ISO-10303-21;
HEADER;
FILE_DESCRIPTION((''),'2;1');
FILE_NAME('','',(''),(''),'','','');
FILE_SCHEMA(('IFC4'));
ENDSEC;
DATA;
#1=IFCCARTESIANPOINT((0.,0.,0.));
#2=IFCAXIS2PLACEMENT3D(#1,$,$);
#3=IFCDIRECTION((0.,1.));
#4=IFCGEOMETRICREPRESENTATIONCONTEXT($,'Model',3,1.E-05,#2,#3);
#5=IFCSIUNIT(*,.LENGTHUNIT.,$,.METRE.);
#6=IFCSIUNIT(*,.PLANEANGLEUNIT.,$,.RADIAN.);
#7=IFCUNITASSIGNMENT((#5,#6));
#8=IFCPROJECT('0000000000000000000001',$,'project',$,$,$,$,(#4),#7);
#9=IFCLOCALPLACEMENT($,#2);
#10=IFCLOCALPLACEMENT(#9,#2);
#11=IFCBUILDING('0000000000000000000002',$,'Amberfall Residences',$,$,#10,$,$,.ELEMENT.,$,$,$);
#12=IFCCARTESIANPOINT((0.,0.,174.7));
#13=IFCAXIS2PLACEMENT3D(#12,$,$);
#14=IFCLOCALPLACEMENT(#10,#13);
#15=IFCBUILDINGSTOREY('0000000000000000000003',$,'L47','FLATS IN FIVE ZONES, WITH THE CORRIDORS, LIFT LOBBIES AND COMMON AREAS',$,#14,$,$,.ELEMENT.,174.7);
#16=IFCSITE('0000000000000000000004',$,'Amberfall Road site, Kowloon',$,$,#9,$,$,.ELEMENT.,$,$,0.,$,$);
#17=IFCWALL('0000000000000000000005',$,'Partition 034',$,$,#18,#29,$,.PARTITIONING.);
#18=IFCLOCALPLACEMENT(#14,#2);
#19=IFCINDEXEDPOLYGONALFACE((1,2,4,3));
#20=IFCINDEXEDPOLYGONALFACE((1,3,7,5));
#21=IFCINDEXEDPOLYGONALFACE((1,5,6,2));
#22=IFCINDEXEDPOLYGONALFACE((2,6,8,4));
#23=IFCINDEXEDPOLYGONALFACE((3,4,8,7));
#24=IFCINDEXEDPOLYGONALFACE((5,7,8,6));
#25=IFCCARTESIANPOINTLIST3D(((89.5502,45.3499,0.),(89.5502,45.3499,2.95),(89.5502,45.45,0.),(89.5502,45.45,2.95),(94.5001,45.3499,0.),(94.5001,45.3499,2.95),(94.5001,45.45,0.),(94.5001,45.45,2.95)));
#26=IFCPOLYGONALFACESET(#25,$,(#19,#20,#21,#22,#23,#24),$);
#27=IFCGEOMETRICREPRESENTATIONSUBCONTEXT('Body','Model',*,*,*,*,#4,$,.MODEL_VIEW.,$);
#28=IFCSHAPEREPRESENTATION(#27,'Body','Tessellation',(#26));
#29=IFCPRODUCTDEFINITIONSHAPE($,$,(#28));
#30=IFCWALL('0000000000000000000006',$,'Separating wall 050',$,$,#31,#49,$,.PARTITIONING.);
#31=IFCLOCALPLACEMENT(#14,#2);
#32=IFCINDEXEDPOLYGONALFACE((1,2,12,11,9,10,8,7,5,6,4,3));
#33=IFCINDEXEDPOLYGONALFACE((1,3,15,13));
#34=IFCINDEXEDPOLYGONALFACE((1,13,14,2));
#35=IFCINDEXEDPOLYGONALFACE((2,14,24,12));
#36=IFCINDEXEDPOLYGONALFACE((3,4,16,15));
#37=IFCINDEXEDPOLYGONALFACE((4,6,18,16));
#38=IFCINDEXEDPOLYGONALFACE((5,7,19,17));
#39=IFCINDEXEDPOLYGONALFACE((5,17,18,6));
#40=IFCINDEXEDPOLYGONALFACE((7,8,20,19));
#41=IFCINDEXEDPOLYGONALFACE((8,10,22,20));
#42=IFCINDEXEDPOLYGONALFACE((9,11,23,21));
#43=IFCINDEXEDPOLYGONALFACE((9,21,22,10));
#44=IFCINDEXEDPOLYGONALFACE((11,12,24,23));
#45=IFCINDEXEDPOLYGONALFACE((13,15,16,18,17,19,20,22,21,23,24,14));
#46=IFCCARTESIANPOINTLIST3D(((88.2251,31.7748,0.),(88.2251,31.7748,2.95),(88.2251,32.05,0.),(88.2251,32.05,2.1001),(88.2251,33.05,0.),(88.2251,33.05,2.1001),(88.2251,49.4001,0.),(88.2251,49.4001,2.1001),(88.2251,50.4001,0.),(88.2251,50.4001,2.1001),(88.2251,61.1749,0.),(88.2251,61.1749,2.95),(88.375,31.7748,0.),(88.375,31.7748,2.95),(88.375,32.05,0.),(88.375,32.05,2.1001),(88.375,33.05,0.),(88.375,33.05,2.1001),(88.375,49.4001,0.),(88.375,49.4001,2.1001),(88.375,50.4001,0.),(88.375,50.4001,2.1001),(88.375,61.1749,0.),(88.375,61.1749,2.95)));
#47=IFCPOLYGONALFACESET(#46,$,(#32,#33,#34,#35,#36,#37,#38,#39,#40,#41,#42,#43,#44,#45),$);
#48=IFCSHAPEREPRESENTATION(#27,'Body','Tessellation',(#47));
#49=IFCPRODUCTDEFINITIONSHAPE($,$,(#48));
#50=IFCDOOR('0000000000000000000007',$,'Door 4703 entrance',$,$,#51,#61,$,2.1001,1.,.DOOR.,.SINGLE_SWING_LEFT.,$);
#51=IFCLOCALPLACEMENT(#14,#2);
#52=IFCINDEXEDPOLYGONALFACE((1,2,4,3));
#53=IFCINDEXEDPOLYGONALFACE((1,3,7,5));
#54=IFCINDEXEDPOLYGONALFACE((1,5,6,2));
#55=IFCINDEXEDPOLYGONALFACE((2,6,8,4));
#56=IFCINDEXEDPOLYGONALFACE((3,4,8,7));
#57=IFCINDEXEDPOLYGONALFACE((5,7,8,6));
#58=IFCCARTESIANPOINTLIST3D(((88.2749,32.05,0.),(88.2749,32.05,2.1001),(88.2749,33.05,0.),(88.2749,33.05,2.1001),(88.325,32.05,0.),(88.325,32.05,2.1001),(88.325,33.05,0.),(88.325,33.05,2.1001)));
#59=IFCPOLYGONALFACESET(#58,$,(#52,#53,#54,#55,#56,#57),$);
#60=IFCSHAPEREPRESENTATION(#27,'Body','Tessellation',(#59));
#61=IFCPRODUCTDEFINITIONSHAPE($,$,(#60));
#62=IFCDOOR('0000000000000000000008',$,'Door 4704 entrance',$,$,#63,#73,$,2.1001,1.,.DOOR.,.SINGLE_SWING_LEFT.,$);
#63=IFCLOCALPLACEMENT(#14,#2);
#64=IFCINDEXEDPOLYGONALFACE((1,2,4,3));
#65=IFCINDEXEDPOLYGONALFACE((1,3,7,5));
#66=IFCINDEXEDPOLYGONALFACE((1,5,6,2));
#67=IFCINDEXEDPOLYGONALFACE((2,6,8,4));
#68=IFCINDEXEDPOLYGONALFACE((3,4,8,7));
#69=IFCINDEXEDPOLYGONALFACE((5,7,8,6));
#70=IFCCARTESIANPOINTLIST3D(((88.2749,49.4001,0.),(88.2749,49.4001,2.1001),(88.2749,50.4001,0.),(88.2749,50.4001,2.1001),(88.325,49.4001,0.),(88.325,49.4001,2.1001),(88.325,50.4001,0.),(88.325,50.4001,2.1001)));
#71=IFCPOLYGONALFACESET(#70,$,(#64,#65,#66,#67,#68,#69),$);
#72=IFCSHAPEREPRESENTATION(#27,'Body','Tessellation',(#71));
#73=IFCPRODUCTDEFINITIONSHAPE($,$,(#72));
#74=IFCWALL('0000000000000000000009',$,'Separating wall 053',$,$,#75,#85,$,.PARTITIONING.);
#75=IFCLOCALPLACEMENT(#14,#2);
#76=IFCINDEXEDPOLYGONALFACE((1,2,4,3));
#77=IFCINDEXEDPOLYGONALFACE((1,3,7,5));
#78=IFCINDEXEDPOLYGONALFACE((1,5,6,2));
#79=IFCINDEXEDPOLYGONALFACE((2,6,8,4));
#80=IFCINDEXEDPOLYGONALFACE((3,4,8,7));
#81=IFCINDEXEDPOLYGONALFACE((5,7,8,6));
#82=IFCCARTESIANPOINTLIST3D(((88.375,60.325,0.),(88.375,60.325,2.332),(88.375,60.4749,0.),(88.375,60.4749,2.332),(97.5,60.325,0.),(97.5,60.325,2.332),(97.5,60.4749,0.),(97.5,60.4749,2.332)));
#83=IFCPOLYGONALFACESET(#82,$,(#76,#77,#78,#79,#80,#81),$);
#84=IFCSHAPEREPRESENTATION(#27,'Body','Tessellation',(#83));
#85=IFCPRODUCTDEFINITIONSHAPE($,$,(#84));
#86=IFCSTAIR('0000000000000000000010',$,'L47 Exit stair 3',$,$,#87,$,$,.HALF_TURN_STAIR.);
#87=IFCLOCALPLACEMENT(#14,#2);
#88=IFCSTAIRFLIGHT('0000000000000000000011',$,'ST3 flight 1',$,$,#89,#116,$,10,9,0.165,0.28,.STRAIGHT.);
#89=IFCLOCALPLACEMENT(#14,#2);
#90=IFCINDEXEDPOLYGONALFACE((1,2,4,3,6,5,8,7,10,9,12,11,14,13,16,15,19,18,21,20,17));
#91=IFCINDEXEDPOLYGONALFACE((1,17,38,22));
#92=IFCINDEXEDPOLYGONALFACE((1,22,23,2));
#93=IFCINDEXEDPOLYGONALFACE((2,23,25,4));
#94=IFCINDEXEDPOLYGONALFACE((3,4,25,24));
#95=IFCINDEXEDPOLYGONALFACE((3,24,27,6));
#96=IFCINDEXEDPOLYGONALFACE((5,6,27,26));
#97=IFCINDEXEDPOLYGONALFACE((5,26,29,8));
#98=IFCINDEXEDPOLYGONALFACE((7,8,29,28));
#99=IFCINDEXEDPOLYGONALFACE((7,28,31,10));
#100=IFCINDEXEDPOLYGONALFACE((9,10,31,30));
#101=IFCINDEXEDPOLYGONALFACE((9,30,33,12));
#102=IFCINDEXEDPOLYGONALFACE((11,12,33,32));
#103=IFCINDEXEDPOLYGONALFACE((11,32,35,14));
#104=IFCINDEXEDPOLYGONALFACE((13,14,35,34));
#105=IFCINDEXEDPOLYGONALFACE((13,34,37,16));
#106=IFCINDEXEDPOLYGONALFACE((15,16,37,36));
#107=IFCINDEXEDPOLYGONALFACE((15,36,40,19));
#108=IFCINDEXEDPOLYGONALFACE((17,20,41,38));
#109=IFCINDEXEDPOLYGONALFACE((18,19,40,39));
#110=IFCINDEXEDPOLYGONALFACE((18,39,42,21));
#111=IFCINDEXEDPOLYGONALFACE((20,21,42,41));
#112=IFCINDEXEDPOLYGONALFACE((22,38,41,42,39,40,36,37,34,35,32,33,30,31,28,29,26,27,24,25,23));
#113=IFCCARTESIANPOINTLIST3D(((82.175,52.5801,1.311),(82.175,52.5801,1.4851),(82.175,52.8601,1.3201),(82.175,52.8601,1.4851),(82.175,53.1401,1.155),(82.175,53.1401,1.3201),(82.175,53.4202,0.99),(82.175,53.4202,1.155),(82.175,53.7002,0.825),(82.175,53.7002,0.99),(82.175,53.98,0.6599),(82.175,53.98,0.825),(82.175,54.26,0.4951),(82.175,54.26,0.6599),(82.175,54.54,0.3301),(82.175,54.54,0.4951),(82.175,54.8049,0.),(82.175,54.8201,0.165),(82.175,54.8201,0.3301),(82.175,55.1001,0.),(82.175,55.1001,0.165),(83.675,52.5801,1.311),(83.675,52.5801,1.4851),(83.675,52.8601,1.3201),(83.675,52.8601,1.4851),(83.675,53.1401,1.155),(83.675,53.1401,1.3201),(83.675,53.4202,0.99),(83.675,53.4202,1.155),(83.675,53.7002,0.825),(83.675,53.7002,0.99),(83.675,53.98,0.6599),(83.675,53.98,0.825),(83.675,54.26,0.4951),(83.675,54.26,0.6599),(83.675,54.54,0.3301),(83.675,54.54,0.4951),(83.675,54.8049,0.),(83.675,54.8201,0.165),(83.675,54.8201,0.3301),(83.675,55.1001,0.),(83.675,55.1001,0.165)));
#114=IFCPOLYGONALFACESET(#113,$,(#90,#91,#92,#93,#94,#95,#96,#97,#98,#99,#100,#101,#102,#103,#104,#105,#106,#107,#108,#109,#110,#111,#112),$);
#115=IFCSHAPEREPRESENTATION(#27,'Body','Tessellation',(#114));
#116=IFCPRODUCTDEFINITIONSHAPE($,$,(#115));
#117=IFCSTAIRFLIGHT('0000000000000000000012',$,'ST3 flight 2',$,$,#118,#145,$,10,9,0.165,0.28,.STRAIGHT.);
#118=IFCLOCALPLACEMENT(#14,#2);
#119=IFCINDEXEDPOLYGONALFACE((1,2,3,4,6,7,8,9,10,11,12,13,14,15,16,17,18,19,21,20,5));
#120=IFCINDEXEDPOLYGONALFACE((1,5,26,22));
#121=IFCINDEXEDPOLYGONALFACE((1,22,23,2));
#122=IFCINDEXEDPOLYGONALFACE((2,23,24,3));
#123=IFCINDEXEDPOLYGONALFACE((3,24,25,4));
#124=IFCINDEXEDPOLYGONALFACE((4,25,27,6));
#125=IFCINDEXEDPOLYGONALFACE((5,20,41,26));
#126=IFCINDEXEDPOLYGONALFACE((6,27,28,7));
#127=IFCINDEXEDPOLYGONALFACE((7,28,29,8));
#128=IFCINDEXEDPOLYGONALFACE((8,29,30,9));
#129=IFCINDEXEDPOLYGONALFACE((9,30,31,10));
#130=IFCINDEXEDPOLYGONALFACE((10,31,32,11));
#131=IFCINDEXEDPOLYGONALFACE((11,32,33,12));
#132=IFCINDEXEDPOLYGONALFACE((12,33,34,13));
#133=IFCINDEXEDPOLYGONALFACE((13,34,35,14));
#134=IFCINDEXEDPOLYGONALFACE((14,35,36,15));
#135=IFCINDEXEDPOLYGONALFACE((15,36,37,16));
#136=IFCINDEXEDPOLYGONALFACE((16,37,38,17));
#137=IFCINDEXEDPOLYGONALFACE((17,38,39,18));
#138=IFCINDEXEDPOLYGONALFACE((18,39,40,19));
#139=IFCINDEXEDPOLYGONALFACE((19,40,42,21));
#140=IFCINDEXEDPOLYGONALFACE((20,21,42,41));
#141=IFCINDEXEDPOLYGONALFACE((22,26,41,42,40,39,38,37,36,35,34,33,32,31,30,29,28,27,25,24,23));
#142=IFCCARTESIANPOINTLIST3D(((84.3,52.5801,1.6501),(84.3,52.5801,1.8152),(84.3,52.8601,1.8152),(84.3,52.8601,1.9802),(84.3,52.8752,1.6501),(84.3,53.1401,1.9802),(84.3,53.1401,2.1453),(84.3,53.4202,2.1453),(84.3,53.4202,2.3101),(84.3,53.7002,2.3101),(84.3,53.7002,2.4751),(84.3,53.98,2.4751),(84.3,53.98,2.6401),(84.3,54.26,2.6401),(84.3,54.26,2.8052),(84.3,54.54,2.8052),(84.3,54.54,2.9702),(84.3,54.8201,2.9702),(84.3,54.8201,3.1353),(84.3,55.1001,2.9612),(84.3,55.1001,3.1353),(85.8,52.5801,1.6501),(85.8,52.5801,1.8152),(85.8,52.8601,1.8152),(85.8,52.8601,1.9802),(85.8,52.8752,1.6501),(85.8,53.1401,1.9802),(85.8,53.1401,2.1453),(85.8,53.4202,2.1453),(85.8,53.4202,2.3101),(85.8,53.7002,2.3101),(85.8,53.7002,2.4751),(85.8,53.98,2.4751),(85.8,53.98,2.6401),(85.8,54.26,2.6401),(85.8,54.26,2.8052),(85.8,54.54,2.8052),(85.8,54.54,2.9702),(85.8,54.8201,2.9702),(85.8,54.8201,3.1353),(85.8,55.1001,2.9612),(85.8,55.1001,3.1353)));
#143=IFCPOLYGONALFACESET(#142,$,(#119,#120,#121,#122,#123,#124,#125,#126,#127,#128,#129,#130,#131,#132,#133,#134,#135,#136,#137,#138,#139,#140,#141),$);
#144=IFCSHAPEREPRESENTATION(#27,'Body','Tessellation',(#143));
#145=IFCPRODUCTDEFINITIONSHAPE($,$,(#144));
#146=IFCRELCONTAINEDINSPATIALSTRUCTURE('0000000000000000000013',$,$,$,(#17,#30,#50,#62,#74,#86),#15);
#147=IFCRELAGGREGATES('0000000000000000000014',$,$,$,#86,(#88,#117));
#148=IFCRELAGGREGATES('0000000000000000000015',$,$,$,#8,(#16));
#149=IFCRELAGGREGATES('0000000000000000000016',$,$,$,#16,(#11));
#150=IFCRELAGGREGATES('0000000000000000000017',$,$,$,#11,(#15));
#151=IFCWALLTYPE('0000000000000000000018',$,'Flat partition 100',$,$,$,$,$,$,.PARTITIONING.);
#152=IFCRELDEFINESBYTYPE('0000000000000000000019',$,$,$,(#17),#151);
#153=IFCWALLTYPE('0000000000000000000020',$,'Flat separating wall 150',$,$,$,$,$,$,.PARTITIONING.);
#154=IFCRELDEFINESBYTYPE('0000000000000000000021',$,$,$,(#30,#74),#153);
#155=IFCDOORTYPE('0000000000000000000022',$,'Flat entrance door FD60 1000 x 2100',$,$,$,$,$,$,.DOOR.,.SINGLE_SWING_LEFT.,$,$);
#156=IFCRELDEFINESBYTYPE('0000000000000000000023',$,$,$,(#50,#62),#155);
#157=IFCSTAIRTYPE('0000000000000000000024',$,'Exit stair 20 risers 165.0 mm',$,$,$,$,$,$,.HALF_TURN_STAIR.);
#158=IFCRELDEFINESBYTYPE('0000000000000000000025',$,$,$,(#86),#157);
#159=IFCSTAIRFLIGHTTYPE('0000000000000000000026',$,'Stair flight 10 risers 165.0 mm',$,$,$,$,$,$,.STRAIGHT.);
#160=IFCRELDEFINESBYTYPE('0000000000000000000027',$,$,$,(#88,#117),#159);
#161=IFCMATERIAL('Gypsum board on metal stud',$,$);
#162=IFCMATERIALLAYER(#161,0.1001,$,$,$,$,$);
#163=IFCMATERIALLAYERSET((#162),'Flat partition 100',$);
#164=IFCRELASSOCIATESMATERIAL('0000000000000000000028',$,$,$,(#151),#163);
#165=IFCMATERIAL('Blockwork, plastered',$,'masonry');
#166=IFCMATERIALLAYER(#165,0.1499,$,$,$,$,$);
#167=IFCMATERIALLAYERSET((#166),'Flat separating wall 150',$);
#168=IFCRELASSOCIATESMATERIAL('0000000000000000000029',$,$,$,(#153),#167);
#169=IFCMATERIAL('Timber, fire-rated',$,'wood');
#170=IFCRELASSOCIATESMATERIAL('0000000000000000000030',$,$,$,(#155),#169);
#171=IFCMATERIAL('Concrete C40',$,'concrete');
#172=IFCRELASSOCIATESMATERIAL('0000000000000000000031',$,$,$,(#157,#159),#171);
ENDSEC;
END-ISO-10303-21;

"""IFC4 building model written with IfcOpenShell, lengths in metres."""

from ifc_helpers import new_model, si_unit, direction, frame, frame_2d, origin, place, context, subcontext, project, spatial, polyline, rectangle, outline, extrude, material, layer, layer_set, type_object, element, fill, aggregate, save


model = new_model("IFC4")

# Units and contexts
model_context = context("Model", 3, precision=1e-05, world=origin(), true_north=direction((0.0, 1.0)))
body_context = subcontext(model_context, "Body", "Model", "MODEL_VIEW")
ifc_project = project(units=[si_unit("LENGTHUNIT", "METRE"), si_unit("PLANEANGLEUNIT", "RADIAN")], contexts=[model_context])

# Site, building, storey
site_placement = place(None, origin())
site = spatial("IfcSite", under=ifc_project, at=site_placement, Name="Amberfall Road site, Kowloon", CompositionType="ELEMENT", RefElevation=0.0)
building_placement = place(site_placement, origin())
building = spatial("IfcBuilding", under=site, at=building_placement, Name="Amberfall Residences", CompositionType="ELEMENT")
storey_placement = place(building_placement, frame((0.0, 0.0, 174.7)))
storey = spatial("IfcBuildingStorey", under=building, at=storey_placement, Name="L47", Description="FLATS IN FIVE ZONES, WITH THE CORRIDORS, LIFT LOBBIES AND COMMON AREAS", CompositionType="ELEMENT", Elevation=174.7)

# Shared definitions
ifc_material_1 = material(Name="Gypsum board on metal stud")
ifc_layer_1 = layer(ifc_material_1, 0.1001)
ifc_layer_set_1 = layer_set([ifc_layer_1], Name="Flat partition 100")
wall_type_1 = type_object("IfcWallType", Name="Flat partition 100", PredefinedType="PARTITIONING", material=ifc_layer_set_1)

# Wall
wall_1_placement = place(storey_placement, frame((89.55, 45.3999, 0.0), z_axis=(0.0, 0.0, 1.0), x_axis=(1.0, 0.0, 0.0)))
element("IfcWall", 1, at=wall_1_placement, inside=storey, type_object=wall_type_1, Name="Partition 034", PredefinedType="PARTITIONING", context=body_context, shape_type="SweptSolid", body=[
    extrude(rectangle(XDim=4.95, YDim=0.1001, at=frame_2d((2.4751, 0.0))), origin(), (0.0, 0.0, 1.0), 2.95),
])

# Wall, openings, doors
ifc_material_2 = material(Name="Blockwork, plastered", Category="masonry")
ifc_layer_2 = layer(ifc_material_2, 0.1499)
ifc_layer_set_2 = layer_set([ifc_layer_2], Name="Flat separating wall 150")
wall_type_2 = type_object("IfcWallType", Name="Flat separating wall 150", PredefinedType="PARTITIONING", material=ifc_layer_set_2)
wall_2_placement = place(storey_placement, frame((88.3, 61.175, 0.0), z_axis=(0.0, 0.0, 1.0), x_axis=(0.0, -1.0, 0.0)))
wall_2 = element("IfcWall", 2, at=wall_2_placement, inside=storey, type_object=wall_type_2, Name="Separating wall 050", PredefinedType="PARTITIONING", context=body_context, shape_type="SweptSolid", body=[
    extrude(rectangle(XDim=29.4001, YDim=0.1499, at=frame_2d((14.7002, 0.0))), origin(), (0.0, 0.0, 1.0), 2.95),
])
opening_1_placement = place(wall_2_placement, frame((28.125, 0.0, 0.0)))
opening_1 = element("IfcOpeningElement", 3, at=opening_1_placement, cuts=wall_2, PredefinedType="OPENING", context=body_context, shape_type="SweptSolid", body=[
    extrude(rectangle(XDim=1.0, YDim=2.1001, at=frame_2d((0.5, 1.05))), frame((0.0, 0.085, 0.0), z_axis=(0.0, -1.0, 0.0), x_axis=(1.0, 0.0, 0.0)), (0.0, 0.0, 1.0), 0.1699),
])
opening_2_placement = place(wall_2_placement, frame((10.7749, 0.0, 0.0)))
opening_2 = element("IfcOpeningElement", 4, at=opening_2_placement, cuts=wall_2, PredefinedType="OPENING", context=body_context, shape_type="SweptSolid", body=[
    extrude(rectangle(XDim=1.0, YDim=2.1001, at=frame_2d((0.5, 1.05))), frame((0.0, 0.085, 0.0), z_axis=(0.0, -1.0, 0.0), x_axis=(1.0, 0.0, 0.0)), (0.0, 0.0, 1.0), 0.1699),
])
ifc_material_3 = material(Name="Timber, fire-rated", Category="wood")
door_type_1 = type_object("IfcDoorType", Name="Flat entrance door FD60 1000 x 2100", OperationType="SINGLE_SWING_LEFT", PredefinedType="DOOR", material=ifc_material_3)
door_1_placement = place(opening_1_placement, origin())
door_1 = element("IfcDoor", 5, at=door_1_placement, inside=storey, type_object=door_type_1, Name="Door 4703 entrance", OperationType="SINGLE_SWING_LEFT", OverallHeight=2.1001, OverallWidth=1.0, PredefinedType="DOOR", context=body_context, shape_type="SweptSolid", body=[
    extrude(rectangle(XDim=1.0, YDim=2.1001, at=frame_2d((0.5, 1.05))), frame((0.0, 0.0249, 0.0), z_axis=(0.0, -1.0, 0.0), x_axis=(1.0, 0.0, 0.0)), (0.0, 0.0, 1.0), 0.05),
])
fill(opening_1, door_1)
door_2_placement = place(opening_2_placement, origin())
door_2 = element("IfcDoor", 6, at=door_2_placement, inside=storey, type_object=door_type_1, Name="Door 4704 entrance", OperationType="SINGLE_SWING_LEFT", OverallHeight=2.1001, OverallWidth=1.0, PredefinedType="DOOR", context=body_context, shape_type="SweptSolid", body=[
    extrude(rectangle(XDim=1.0, YDim=2.1001, at=frame_2d((0.5, 1.05))), frame((0.0, 0.0249, 0.0), z_axis=(0.0, -1.0, 0.0), x_axis=(1.0, 0.0, 0.0)), (0.0, 0.0, 1.0), 0.05),
])
fill(opening_2, door_2)

# Wall
wall_3_placement = place(storey_placement, frame((88.375, 60.3999, 0.0), z_axis=(0.0, 0.0, 1.0), x_axis=(1.0, 0.0, 0.0)))
element("IfcWall", 7, at=wall_3_placement, inside=storey, type_object=wall_type_2, Name="Separating wall 053", PredefinedType="PARTITIONING", context=body_context, shape_type="SweptSolid", body=[
    extrude(rectangle(XDim=9.125, YDim=0.1499, at=frame_2d((4.5625, 0.0))), origin(), (0.0, 0.0, 1.0), 2.332),
])

# Stair, stair flights
ifc_material_4 = material(Name="Concrete C40", Category="concrete")
stair_type = type_object("IfcStairType", Name="Exit stair 20 risers 165.0 mm", PredefinedType="HALF_TURN_STAIR", material=ifc_material_4)
stair_placement = place(storey_placement, origin())
stair = element("IfcStair", 8, at=stair_placement, inside=storey, type_object=stair_type, Name="L47 Exit stair 3", PredefinedType="HALF_TURN_STAIR")
stair_flight_type = type_object("IfcStairFlightType", Name="Stair flight 10 risers 165.0 mm", PredefinedType="STRAIGHT", material=ifc_material_4)
stair_flight_1_placement = place(storey_placement, frame((82.925, 55.1001, 0.0), z_axis=(0.0, 0.0, 1.0), x_axis=(0.0, -1.0, 0.0)))
stair_flight_1 = element("IfcStairFlight", 9, at=stair_flight_1_placement, type_object=stair_flight_type, Name="ST3 flight 1", NumberOfRisers=10, NumberOfTreads=9, PredefinedType="STRAIGHT", RiserHeight=0.165, TreadLength=0.28, context=body_context, shape_type="SweptSolid", body=[
    extrude(outline(polyline([(0.0, 0.0), (0.0, 0.165), (0.28, 0.165), (0.28, 0.3301), (0.5601, 0.3301), (0.5601, 0.4951), (0.8401, 0.4951), (0.8401, 0.6599), (1.1201, 0.6599), (1.1201, 0.825), (1.3999, 0.825), (1.3999, 0.99), (1.6799, 0.99), (1.6799, 1.155), (1.96, 1.155), (1.96, 1.3201), (2.24, 1.3201), (2.24, 1.4851), (2.52, 1.4851), (2.52, 1.6499), (2.52, 1.311), (0.2952, 0.0), (0.0, 0.0)])), frame((0.0, 0.75, 0.0), z_axis=(0.0, -1.0, 0.0), x_axis=(1.0, 0.0, 0.0)), (0.0, 0.0, 1.0), 1.5),
])
stair_flight_2_placement = place(storey_placement, frame((85.05, 52.5801, 1.6501), z_axis=(0.0, 0.0, 1.0), x_axis=(0.0, 1.0, 0.0)))
stair_flight_2 = element("IfcStairFlight", 10, at=stair_flight_2_placement, type_object=stair_flight_type, Name="ST3 flight 2", NumberOfRisers=10, NumberOfTreads=9, PredefinedType="STRAIGHT", RiserHeight=0.165, TreadLength=0.28, context=body_context, shape_type="SweptSolid", body=[
    extrude(outline(polyline([(0.0, 0.0), (0.0, 0.165), (0.28, 0.165), (0.28, 0.3301), (0.5601, 0.3301), (0.5601, 0.4951), (0.8401, 0.4951), (0.8401, 0.6599), (1.1201, 0.6599), (1.1201, 0.825), (1.3999, 0.825), (1.3999, 0.99), (1.6799, 0.99), (1.6799, 1.155), (1.96, 1.155), (1.96, 1.3201), (2.24, 1.3201), (2.24, 1.4851), (2.52, 1.4851), (2.52, 1.6499), (2.52, 1.311), (0.2952, 0.0), (0.0, 0.0)])), frame((0.0, 0.75, 0.0), z_axis=(0.0, -1.0, 0.0), x_axis=(1.0, 0.0, 0.0)), (0.0, 0.0, 1.0), 1.5),
])
aggregate(stair, [stair_flight_1, stair_flight_2])

save(model, "model.ifc")
